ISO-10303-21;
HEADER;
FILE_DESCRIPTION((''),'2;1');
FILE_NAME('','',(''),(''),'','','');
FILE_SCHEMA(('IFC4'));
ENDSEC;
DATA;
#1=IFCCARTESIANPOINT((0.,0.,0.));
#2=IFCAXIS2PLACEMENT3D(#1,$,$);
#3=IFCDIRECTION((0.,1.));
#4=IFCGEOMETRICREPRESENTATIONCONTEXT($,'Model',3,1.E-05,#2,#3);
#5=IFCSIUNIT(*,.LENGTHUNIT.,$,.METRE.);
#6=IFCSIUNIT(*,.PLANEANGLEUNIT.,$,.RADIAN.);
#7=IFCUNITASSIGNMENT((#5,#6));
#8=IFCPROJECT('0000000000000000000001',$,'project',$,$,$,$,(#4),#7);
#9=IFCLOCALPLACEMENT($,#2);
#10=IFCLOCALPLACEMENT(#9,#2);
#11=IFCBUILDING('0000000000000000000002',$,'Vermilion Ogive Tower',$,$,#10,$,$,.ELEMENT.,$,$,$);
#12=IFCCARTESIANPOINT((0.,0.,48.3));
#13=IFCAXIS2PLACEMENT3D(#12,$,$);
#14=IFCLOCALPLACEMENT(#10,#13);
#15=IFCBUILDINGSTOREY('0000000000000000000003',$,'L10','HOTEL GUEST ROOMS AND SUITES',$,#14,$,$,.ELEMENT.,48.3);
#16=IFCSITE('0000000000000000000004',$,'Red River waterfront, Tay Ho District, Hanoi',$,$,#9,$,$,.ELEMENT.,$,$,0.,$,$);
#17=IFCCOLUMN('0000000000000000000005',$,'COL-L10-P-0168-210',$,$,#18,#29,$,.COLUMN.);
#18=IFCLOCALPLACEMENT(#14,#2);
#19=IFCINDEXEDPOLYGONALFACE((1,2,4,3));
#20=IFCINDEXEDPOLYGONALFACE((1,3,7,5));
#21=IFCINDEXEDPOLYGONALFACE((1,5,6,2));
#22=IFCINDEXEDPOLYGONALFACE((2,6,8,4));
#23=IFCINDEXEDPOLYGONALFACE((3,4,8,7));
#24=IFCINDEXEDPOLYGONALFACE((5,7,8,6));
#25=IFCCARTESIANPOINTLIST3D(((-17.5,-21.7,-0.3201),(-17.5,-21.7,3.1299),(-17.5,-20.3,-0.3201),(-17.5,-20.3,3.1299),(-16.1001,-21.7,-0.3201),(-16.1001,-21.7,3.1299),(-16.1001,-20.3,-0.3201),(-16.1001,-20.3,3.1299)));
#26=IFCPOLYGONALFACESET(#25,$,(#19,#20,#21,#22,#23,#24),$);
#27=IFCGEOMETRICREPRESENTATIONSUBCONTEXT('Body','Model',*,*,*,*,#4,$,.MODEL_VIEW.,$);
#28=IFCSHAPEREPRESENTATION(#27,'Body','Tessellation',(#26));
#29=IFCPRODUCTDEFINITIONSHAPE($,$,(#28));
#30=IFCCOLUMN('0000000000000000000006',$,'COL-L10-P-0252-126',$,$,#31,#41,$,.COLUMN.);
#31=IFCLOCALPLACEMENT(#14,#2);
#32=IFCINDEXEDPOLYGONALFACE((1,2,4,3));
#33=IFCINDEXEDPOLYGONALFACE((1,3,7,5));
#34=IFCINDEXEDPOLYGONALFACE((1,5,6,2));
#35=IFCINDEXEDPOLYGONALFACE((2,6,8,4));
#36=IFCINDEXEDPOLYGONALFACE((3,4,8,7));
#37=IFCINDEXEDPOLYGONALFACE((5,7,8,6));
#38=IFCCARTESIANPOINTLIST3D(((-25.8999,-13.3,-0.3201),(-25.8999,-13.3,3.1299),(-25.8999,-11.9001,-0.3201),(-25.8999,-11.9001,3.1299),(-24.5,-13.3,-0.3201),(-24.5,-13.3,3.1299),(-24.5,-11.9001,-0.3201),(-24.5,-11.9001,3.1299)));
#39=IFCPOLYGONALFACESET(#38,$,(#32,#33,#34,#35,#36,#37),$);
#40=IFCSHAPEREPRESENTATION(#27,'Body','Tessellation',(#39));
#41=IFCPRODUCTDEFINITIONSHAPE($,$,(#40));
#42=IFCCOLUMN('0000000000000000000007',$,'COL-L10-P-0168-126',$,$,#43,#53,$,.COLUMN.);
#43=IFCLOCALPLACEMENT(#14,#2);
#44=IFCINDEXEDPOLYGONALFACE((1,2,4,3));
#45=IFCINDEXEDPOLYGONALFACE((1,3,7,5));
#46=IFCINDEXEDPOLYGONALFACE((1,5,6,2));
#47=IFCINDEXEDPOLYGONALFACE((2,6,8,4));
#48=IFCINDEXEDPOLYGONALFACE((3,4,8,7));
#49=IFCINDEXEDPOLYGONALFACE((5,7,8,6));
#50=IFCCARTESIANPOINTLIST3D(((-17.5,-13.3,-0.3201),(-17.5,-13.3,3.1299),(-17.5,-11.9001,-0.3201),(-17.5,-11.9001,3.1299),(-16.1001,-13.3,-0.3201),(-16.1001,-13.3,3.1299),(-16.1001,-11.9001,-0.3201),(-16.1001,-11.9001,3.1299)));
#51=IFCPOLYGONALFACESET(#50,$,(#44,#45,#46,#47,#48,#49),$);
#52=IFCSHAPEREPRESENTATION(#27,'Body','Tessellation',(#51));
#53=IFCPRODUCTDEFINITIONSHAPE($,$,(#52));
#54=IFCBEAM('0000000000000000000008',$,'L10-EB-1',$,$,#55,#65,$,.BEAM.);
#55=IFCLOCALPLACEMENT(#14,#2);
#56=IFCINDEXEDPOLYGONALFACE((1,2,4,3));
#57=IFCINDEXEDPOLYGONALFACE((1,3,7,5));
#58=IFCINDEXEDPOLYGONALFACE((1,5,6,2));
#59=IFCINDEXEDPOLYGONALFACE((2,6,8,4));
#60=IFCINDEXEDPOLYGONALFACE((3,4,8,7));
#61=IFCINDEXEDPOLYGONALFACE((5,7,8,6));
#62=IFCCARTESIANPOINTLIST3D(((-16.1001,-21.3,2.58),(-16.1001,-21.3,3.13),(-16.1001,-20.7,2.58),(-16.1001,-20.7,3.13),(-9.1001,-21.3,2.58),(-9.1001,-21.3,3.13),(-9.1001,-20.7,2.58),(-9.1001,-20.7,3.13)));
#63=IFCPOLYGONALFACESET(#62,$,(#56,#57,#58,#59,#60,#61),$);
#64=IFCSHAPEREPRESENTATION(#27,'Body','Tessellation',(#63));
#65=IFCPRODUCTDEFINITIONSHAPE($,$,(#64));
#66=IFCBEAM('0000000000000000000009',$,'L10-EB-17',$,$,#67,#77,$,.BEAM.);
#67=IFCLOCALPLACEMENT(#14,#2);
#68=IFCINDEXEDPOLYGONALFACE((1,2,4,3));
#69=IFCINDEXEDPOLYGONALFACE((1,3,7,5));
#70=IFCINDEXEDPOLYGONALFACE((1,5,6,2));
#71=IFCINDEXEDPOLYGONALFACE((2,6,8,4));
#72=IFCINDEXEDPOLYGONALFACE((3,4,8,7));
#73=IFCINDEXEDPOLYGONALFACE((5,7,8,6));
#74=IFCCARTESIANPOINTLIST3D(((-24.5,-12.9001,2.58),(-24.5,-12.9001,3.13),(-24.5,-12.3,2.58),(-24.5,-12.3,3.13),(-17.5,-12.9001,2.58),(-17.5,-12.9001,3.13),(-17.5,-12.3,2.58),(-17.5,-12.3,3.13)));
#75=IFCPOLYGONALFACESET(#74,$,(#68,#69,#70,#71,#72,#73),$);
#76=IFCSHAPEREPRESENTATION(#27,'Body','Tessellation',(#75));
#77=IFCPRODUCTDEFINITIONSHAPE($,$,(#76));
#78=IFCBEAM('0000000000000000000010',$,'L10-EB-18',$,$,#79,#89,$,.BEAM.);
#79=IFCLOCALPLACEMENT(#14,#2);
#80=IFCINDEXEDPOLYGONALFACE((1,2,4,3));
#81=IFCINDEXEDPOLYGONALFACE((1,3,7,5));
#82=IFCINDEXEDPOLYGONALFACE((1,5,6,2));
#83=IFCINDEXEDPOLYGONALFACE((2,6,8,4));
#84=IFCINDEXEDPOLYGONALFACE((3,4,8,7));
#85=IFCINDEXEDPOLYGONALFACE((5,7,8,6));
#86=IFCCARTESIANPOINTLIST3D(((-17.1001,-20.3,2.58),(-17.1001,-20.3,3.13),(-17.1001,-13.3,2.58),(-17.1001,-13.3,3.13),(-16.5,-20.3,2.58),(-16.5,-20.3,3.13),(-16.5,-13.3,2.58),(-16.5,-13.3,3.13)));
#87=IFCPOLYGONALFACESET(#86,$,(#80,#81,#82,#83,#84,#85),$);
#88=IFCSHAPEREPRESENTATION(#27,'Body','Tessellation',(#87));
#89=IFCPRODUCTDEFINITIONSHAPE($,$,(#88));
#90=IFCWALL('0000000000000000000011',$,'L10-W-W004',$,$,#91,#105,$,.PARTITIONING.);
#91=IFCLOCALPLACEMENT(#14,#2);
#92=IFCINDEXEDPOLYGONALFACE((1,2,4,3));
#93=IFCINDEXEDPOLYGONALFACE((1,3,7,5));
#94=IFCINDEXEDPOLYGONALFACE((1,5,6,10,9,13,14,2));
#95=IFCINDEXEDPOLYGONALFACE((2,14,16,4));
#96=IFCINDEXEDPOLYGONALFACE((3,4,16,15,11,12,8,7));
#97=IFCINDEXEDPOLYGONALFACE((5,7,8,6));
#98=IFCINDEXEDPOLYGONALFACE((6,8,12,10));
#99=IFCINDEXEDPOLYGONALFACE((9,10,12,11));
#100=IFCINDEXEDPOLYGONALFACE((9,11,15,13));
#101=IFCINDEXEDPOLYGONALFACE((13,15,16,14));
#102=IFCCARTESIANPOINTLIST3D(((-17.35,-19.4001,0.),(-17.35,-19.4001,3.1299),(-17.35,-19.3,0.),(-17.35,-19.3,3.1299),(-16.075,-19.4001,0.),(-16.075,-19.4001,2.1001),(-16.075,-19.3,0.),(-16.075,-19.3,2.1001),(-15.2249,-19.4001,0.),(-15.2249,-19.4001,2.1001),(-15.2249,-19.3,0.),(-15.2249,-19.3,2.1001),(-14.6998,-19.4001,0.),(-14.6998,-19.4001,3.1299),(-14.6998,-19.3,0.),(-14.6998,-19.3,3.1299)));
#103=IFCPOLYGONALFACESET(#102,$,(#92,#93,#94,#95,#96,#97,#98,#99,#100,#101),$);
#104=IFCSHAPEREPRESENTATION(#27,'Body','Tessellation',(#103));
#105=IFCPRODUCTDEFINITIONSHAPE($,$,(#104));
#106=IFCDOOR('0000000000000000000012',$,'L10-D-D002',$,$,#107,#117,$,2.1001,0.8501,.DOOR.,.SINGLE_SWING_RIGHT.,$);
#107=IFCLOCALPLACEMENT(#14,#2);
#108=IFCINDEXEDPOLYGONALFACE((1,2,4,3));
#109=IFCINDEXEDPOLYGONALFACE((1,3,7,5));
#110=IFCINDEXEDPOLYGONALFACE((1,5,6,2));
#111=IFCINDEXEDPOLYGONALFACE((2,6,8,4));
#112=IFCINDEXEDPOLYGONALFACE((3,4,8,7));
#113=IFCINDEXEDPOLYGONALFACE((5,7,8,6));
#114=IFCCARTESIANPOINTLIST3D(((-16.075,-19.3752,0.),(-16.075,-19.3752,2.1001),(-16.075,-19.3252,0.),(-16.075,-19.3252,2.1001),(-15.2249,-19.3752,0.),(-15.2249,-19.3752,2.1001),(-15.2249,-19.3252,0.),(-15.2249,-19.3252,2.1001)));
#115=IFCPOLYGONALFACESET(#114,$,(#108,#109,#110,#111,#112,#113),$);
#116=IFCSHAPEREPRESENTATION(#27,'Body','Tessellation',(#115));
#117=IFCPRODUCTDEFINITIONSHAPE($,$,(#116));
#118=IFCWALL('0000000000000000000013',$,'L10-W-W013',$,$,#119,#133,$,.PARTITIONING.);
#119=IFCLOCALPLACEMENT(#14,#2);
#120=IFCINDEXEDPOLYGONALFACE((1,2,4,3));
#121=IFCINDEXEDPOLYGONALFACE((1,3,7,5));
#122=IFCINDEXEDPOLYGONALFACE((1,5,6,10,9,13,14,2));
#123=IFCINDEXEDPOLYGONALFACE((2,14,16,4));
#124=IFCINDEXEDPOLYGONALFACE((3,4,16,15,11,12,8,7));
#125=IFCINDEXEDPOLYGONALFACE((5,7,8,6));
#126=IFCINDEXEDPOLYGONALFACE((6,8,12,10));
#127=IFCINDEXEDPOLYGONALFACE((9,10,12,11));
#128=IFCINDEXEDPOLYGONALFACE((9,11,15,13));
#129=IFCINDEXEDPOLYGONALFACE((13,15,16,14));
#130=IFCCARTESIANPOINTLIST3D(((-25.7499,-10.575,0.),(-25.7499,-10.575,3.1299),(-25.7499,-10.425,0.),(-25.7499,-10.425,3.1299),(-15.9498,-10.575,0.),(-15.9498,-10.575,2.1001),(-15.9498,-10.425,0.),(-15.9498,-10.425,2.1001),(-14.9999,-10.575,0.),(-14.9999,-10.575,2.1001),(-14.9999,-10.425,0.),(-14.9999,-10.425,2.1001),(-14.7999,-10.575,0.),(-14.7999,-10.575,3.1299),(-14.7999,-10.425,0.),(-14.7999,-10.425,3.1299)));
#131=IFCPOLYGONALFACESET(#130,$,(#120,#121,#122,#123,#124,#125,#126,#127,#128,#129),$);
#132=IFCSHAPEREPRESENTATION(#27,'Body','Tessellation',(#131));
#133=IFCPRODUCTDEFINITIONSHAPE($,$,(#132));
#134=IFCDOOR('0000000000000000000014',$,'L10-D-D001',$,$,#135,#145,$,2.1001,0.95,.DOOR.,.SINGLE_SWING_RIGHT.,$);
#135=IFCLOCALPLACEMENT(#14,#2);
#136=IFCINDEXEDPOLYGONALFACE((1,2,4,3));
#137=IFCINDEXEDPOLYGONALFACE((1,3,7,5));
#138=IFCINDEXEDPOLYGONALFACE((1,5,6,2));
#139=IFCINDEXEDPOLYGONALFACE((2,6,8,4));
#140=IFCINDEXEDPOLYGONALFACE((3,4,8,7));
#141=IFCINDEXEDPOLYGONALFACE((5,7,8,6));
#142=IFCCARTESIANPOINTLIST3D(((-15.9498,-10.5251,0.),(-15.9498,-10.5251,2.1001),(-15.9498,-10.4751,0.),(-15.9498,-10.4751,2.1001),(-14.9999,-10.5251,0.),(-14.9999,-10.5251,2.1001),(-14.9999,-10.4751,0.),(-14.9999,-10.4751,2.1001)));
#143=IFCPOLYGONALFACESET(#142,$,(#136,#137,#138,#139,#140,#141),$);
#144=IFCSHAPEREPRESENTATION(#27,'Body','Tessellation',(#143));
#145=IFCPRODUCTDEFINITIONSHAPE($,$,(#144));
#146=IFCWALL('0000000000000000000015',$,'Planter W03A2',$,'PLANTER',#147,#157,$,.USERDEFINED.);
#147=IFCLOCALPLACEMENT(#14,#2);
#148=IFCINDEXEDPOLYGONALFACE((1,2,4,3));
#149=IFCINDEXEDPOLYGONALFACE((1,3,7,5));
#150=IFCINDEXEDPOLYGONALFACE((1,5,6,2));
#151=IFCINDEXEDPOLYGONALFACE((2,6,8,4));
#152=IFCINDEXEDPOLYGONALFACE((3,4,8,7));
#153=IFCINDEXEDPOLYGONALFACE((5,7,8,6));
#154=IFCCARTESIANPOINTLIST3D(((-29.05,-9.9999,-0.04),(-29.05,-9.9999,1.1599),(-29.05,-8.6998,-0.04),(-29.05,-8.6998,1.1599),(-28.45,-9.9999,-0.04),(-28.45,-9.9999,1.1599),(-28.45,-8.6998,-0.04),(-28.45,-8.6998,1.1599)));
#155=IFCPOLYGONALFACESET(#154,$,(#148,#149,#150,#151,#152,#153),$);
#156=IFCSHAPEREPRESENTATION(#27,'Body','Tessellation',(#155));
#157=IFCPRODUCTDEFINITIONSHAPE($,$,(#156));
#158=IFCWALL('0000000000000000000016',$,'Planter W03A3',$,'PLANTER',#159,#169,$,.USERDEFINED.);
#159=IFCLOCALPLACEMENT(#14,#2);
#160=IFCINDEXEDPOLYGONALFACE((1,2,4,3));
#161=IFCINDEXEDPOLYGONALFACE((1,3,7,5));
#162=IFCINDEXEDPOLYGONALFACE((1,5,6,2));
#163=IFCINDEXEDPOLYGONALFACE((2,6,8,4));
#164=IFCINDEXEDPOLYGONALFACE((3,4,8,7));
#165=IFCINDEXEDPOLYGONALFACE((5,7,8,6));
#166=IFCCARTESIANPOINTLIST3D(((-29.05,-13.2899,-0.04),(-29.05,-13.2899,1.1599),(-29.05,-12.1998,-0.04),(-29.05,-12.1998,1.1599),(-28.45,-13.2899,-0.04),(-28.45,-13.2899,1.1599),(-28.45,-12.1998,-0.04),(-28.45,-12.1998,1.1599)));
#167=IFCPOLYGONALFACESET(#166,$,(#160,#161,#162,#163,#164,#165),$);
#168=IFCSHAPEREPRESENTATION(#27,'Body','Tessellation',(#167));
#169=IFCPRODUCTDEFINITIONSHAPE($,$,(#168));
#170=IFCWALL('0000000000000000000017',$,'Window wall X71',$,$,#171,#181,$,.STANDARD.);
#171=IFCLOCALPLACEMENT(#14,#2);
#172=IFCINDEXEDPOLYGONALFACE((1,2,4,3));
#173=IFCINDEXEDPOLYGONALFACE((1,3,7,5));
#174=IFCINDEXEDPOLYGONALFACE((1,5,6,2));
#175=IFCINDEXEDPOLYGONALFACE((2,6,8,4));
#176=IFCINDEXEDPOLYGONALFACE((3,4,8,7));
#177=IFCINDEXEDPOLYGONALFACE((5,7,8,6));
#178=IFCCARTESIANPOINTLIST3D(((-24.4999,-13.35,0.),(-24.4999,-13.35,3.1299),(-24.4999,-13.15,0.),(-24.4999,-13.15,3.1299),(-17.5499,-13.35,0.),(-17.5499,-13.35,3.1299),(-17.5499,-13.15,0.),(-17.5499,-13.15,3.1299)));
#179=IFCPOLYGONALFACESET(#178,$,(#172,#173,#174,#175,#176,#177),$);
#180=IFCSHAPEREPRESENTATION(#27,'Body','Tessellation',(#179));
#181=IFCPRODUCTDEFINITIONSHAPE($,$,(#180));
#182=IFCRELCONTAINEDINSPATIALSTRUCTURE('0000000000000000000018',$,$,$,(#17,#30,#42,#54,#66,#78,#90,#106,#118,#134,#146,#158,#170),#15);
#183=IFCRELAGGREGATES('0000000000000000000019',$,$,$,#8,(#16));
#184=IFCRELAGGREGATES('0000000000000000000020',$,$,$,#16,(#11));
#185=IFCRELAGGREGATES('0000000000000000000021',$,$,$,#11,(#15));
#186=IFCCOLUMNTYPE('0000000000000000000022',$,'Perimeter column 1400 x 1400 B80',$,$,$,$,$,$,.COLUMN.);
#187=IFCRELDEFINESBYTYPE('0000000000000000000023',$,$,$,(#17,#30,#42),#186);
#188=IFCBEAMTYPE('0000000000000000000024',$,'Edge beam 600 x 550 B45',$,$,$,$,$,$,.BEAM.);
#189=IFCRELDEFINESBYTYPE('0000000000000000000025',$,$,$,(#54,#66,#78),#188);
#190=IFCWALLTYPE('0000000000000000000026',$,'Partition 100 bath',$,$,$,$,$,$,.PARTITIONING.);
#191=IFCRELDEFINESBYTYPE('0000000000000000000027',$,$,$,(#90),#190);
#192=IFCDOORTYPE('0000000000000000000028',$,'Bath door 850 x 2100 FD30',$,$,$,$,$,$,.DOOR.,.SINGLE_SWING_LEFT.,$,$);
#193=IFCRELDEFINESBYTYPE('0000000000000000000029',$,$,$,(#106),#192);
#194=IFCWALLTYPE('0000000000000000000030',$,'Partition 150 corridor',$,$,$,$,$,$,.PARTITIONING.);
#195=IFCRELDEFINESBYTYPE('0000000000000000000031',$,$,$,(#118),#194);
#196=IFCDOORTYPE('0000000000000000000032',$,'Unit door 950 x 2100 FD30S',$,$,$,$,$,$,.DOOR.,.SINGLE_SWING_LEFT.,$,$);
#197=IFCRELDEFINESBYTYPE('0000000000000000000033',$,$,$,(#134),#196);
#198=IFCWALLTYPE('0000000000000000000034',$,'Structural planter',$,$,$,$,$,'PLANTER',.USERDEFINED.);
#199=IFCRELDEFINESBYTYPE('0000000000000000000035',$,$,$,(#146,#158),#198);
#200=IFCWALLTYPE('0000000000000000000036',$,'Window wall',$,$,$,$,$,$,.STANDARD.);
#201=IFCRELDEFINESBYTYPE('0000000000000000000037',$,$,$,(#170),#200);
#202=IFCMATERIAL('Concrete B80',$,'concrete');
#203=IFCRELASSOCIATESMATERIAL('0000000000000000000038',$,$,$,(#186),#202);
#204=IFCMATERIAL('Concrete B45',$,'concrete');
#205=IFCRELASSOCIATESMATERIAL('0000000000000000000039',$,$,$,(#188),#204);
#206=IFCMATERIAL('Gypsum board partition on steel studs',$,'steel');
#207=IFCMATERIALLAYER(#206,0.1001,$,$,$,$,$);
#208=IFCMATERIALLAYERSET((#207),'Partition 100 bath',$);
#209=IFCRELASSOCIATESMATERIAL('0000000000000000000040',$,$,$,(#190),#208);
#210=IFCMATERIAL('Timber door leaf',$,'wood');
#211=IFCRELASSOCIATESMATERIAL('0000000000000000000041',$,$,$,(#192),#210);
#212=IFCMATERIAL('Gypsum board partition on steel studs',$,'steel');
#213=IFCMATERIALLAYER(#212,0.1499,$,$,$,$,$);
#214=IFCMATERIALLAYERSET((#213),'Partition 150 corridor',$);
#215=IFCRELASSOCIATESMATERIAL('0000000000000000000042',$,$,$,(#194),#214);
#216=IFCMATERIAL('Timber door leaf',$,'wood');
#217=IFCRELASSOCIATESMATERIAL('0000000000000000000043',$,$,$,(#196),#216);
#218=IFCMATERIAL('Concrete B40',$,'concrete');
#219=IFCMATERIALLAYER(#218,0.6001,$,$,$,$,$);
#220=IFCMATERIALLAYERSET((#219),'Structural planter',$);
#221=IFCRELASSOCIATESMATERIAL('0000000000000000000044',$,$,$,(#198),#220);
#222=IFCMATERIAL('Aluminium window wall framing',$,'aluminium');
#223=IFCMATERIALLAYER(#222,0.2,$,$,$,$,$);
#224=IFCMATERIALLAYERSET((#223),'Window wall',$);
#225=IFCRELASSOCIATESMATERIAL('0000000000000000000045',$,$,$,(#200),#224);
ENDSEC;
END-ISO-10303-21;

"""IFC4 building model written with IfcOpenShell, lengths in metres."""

from ifc_helpers import new_model, si_unit, direction, frame, frame_2d, origin, origin_2d, place, context, subcontext, project, spatial, rectangle, extrude, material, layer, layer_set, material_profile, profile_set, type_object, element, fill, save


model = new_model("IFC4")

# Units and contexts
model_context = context("Model", 3, precision=1e-05, world=origin(), true_north=direction((0.0, 1.0)))
body_context = subcontext(model_context, "Body", "Model", "MODEL_VIEW")
ifc_project = project(units=[si_unit("LENGTHUNIT", "METRE"), si_unit("PLANEANGLEUNIT", "RADIAN")], contexts=[model_context])

# Site, building, storey
site_placement = place(None, origin())
site = spatial("IfcSite", under=ifc_project, at=site_placement, Name="Red River waterfront, Tay Ho District, Hanoi", CompositionType="ELEMENT", RefElevation=0.0)
building_placement = place(site_placement, origin())
building = spatial("IfcBuilding", under=site, at=building_placement, Name="Vermilion Ogive Tower", CompositionType="ELEMENT")
storey_placement = place(building_placement, frame((0.0, 0.0, 48.3)))
storey = spatial("IfcBuildingStorey", under=building, at=storey_placement, Name="L10", Description="HOTEL GUEST ROOMS AND SUITES", CompositionType="ELEMENT", Elevation=48.3)

# Columns
ifc_material_1 = material(Name="Concrete B80", Category="concrete")
ifc_material_profile_1 = material_profile(ifc_material_1, rectangle(XDim=1.3999, YDim=1.3999, at=origin_2d()), Name="1400 x 1400")
ifc_profile_set_1 = profile_set([ifc_material_profile_1], Name="Concrete B80")
column_type = type_object("IfcColumnType", Name="Perimeter column 1400 x 1400 B80", PredefinedType="COLUMN", material=ifc_profile_set_1)
for number, where, z_axis, x_axis, name in (
    (1, (-16.8, -21.0, -0.3201), (0.0, 0.0, 1.0), (1.0, 0.0, 0.0), "COL-L10-P-0168-210"),
    (2, (-25.2, -12.6001, -0.3201), (0.0, 0.0, 1.0), (1.0, 0.0, 0.0), "COL-L10-P-0252-126"),
    (3, (-16.8, -12.6001, -0.3201), (0.0, 0.0, 1.0), (1.0, 0.0, 0.0), "COL-L10-P-0168-126"),
):
    element("IfcColumn", number, at=place(storey_placement, frame(where, z_axis=z_axis, x_axis=x_axis)), inside=storey, type_object=column_type, Name=name, PredefinedType="COLUMN", context=body_context, shape_type="SweptSolid", body=[
        extrude(rectangle(XDim=1.3999, YDim=1.3999, at=origin_2d()), origin(), (0.0, 0.0, 1.0), 3.45),
    ])

# Beams
ifc_material_2 = material(Name="Concrete B45", Category="concrete")
ifc_material_profile_2 = material_profile(ifc_material_2, rectangle(XDim=0.6001, YDim=0.55, at=origin_2d()), Name="600 x 550")
ifc_profile_set_2 = profile_set([ifc_material_profile_2], Name="Concrete B45")
beam_type = type_object("IfcBeamType", Name="Edge beam 600 x 550 B45", PredefinedType="BEAM", material=ifc_profile_set_2)
for number, where, z_axis, x_axis, name in (
    (4, (-16.1001, -21.0, 2.855), (1.0, 0.0, 0.0), (0.0, 1.0, 0.0), "L10-EB-1"),
    (5, (-24.5, -12.6001, 2.855), (1.0, 0.0, 0.0), (0.0, 1.0, 0.0), "L10-EB-17"),
    (6, (-16.8, -13.3, 2.855), (0.0, -1.0, 0.0), (1.0, 0.0, 0.0), "L10-EB-18"),
):
    element("IfcBeam", number, at=place(storey_placement, frame(where, z_axis=z_axis, x_axis=x_axis)), inside=storey, type_object=beam_type, Name=name, PredefinedType="BEAM", context=body_context, shape_type="SweptSolid", body=[
        extrude(rectangle(XDim=0.6001, YDim=0.55, at=origin_2d()), origin(), (0.0, 0.0, 1.0), 7.0),
    ])

# Walls, openings, doors
ifc_material_3 = material(Name="Gypsum board partition on steel studs", Category="steel")
ifc_layer_1 = layer(ifc_material_3, 0.1001)
ifc_layer_set_1 = layer_set([ifc_layer_1], Name="Partition 100 bath")
wall_type_1 = type_object("IfcWallType", Name="Partition 100 bath", PredefinedType="PARTITIONING", material=ifc_layer_set_1)
wall_1_placement = place(storey_placement, frame((-17.3501, -19.3501, 0.0), z_axis=(0.0, 0.0, 1.0), x_axis=(1.0, 0.0, 0.0)))
wall_1 = element("IfcWall", 7, at=wall_1_placement, inside=storey, type_object=wall_type_1, Name="L10-W-W004", PredefinedType="PARTITIONING", context=body_context, shape_type="SweptSolid", body=[
    extrude(rectangle(XDim=2.6501, YDim=0.1001, at=frame_2d((1.3252, 0.0))), origin(), (0.0, 0.0, 1.0), 3.1299),
])
opening_1_placement = place(wall_1_placement, frame((1.2751, 0.0, 0.0)))
opening_1 = element("IfcOpeningElement", 8, at=opening_1_placement, cuts=wall_1, PredefinedType="OPENING", context=body_context, shape_type="SweptSolid", body=[
    extrude(rectangle(XDim=0.8501, YDim=2.1001, at=frame_2d((0.425, 1.05))), frame((0.0, 0.0601, 0.0), z_axis=(0.0, -1.0, 0.0), x_axis=(1.0, 0.0, 0.0)), (0.0, 0.0, 1.0), 0.1201),
])
ifc_material_4 = material(Name="Timber door leaf", Category="wood")
door_type_1 = type_object("IfcDoorType", Name="Bath door 850 x 2100 FD30", OperationType="SINGLE_SWING_LEFT", PredefinedType="DOOR", material=ifc_material_4)
door_1_placement = place(opening_1_placement, origin())
door_1 = element("IfcDoor", 9, at=door_1_placement, inside=storey, type_object=door_type_1, Name="L10-D-D002", OperationType="SINGLE_SWING_RIGHT", OverallHeight=2.1001, OverallWidth=0.8501, PredefinedType="DOOR", context=body_context, shape_type="SweptSolid", body=[
    extrude(rectangle(XDim=0.8501, YDim=2.1001, at=frame_2d((0.425, 1.05))), frame((0.0, 0.0249, 0.0), z_axis=(0.0, -1.0, 0.0), x_axis=(1.0, 0.0, 0.0)), (0.0, 0.0, 1.0), 0.05),
])
fill(opening_1, door_1)
ifc_material_5 = material(Name="Gypsum board partition on steel studs", Category="steel")
ifc_layer_2 = layer(ifc_material_5, 0.1499)
ifc_layer_set_2 = layer_set([ifc_layer_2], Name="Partition 150 corridor")
wall_type_2 = type_object("IfcWallType", Name="Partition 150 corridor", PredefinedType="PARTITIONING", material=ifc_layer_set_2)
wall_2_placement = place(storey_placement, frame((-25.75, -10.5, 0.0), z_axis=(0.0, 0.0, 1.0), x_axis=(1.0, 0.0, 0.0)))
wall_2 = element("IfcWall", 10, at=wall_2_placement, inside=storey, type_object=wall_type_2, Name="L10-W-W013", PredefinedType="PARTITIONING", context=body_context, shape_type="SweptSolid", body=[
    extrude(rectangle(XDim=10.95, YDim=0.1499, at=frame_2d((5.4751, 0.0))), origin(), (0.0, 0.0, 1.0), 3.1299),
])
opening_2_placement = place(wall_2_placement, frame((9.8, 0.0, 0.0)))
opening_2 = element("IfcOpeningElement", 11, at=opening_2_placement, cuts=wall_2, PredefinedType="OPENING", context=body_context, shape_type="SweptSolid", body=[
    extrude(rectangle(XDim=0.95, YDim=2.1001, at=frame_2d((0.4751, 1.05))), frame((0.0, 0.085, 0.0), z_axis=(0.0, -1.0, 0.0), x_axis=(1.0, 0.0, 0.0)), (0.0, 0.0, 1.0), 0.1699),
])
ifc_material_6 = material(Name="Timber door leaf", Category="wood")
door_type_2 = type_object("IfcDoorType", Name="Unit door 950 x 2100 FD30S", OperationType="SINGLE_SWING_LEFT", PredefinedType="DOOR", material=ifc_material_6)
door_2_placement = place(opening_2_placement, origin())
door_2 = element("IfcDoor", 12, at=door_2_placement, inside=storey, type_object=door_type_2, Name="L10-D-D001", OperationType="SINGLE_SWING_RIGHT", OverallHeight=2.1001, OverallWidth=0.95, PredefinedType="DOOR", context=body_context, shape_type="SweptSolid", body=[
    extrude(rectangle(XDim=0.95, YDim=2.1001, at=frame_2d((0.4751, 1.05))), frame((0.0, 0.0249, 0.0), z_axis=(0.0, -1.0, 0.0), x_axis=(1.0, 0.0, 0.0)), (0.0, 0.0, 1.0), 0.05),
])
fill(opening_2, door_2)

# Walls
ifc_material_7 = material(Name="Concrete B40", Category="concrete")
ifc_layer_3 = layer(ifc_material_7, 0.6001)
ifc_layer_set_3 = layer_set([ifc_layer_3], Name="Structural planter")
wall_type_3 = type_object("IfcWallType", Name="Structural planter", ElementType="PLANTER", PredefinedType="USERDEFINED", material=ifc_layer_set_3)
wall_3_placement = place(storey_placement, frame((-28.75, -8.7, -0.04), z_axis=(0.0, 0.0, 1.0), x_axis=(0.0, -1.0, 0.0)))
element("IfcWall", 13, at=wall_3_placement, inside=storey, type_object=wall_type_3, Name="Planter W03A2", ObjectType="PLANTER", PredefinedType="USERDEFINED", context=body_context, shape_type="SweptSolid", body=[
    extrude(rectangle(XDim=1.3, YDim=0.6001, at=frame_2d((0.6499, 0.0))), origin(), (0.0, 0.0, 1.0), 1.2),
])
wall_4_placement = place(storey_placement, frame((-28.75, -12.2, -0.04), z_axis=(0.0, 0.0, 1.0), x_axis=(0.0, -1.0, 0.0)))
element("IfcWall", 14, at=wall_4_placement, inside=storey, type_object=wall_type_3, Name="Planter W03A3", ObjectType="PLANTER", PredefinedType="USERDEFINED", context=body_context, shape_type="SweptSolid", body=[
    extrude(rectangle(XDim=1.0901, YDim=0.6001, at=frame_2d((0.5449, 0.0))), origin(), (0.0, 0.0, 1.0), 1.2),
])
ifc_material_8 = material(Name="Aluminium window wall framing", Category="aluminium")
ifc_layer_4 = layer(ifc_material_8, 0.2)
ifc_layer_set_4 = layer_set([ifc_layer_4], Name="Window wall")
wall_type_4 = type_object("IfcWallType", Name="Window wall", PredefinedType="STANDARD", material=ifc_layer_set_4)
wall_5_placement = place(storey_placement, frame((-24.5, -13.25, 0.0), z_axis=(0.0, 0.0, 1.0), x_axis=(1.0, 0.0, 0.0)))
element("IfcWall", 15, at=wall_5_placement, inside=storey, type_object=wall_type_4, Name="Window wall X71", PredefinedType="STANDARD", context=body_context, shape_type="SweptSolid", body=[
    extrude(rectangle(XDim=6.95, YDim=0.2, at=frame_2d((3.4751, 0.0))), origin(), (0.0, 0.0, 1.0), 3.1299),
])

save(model, "model.ifc")
